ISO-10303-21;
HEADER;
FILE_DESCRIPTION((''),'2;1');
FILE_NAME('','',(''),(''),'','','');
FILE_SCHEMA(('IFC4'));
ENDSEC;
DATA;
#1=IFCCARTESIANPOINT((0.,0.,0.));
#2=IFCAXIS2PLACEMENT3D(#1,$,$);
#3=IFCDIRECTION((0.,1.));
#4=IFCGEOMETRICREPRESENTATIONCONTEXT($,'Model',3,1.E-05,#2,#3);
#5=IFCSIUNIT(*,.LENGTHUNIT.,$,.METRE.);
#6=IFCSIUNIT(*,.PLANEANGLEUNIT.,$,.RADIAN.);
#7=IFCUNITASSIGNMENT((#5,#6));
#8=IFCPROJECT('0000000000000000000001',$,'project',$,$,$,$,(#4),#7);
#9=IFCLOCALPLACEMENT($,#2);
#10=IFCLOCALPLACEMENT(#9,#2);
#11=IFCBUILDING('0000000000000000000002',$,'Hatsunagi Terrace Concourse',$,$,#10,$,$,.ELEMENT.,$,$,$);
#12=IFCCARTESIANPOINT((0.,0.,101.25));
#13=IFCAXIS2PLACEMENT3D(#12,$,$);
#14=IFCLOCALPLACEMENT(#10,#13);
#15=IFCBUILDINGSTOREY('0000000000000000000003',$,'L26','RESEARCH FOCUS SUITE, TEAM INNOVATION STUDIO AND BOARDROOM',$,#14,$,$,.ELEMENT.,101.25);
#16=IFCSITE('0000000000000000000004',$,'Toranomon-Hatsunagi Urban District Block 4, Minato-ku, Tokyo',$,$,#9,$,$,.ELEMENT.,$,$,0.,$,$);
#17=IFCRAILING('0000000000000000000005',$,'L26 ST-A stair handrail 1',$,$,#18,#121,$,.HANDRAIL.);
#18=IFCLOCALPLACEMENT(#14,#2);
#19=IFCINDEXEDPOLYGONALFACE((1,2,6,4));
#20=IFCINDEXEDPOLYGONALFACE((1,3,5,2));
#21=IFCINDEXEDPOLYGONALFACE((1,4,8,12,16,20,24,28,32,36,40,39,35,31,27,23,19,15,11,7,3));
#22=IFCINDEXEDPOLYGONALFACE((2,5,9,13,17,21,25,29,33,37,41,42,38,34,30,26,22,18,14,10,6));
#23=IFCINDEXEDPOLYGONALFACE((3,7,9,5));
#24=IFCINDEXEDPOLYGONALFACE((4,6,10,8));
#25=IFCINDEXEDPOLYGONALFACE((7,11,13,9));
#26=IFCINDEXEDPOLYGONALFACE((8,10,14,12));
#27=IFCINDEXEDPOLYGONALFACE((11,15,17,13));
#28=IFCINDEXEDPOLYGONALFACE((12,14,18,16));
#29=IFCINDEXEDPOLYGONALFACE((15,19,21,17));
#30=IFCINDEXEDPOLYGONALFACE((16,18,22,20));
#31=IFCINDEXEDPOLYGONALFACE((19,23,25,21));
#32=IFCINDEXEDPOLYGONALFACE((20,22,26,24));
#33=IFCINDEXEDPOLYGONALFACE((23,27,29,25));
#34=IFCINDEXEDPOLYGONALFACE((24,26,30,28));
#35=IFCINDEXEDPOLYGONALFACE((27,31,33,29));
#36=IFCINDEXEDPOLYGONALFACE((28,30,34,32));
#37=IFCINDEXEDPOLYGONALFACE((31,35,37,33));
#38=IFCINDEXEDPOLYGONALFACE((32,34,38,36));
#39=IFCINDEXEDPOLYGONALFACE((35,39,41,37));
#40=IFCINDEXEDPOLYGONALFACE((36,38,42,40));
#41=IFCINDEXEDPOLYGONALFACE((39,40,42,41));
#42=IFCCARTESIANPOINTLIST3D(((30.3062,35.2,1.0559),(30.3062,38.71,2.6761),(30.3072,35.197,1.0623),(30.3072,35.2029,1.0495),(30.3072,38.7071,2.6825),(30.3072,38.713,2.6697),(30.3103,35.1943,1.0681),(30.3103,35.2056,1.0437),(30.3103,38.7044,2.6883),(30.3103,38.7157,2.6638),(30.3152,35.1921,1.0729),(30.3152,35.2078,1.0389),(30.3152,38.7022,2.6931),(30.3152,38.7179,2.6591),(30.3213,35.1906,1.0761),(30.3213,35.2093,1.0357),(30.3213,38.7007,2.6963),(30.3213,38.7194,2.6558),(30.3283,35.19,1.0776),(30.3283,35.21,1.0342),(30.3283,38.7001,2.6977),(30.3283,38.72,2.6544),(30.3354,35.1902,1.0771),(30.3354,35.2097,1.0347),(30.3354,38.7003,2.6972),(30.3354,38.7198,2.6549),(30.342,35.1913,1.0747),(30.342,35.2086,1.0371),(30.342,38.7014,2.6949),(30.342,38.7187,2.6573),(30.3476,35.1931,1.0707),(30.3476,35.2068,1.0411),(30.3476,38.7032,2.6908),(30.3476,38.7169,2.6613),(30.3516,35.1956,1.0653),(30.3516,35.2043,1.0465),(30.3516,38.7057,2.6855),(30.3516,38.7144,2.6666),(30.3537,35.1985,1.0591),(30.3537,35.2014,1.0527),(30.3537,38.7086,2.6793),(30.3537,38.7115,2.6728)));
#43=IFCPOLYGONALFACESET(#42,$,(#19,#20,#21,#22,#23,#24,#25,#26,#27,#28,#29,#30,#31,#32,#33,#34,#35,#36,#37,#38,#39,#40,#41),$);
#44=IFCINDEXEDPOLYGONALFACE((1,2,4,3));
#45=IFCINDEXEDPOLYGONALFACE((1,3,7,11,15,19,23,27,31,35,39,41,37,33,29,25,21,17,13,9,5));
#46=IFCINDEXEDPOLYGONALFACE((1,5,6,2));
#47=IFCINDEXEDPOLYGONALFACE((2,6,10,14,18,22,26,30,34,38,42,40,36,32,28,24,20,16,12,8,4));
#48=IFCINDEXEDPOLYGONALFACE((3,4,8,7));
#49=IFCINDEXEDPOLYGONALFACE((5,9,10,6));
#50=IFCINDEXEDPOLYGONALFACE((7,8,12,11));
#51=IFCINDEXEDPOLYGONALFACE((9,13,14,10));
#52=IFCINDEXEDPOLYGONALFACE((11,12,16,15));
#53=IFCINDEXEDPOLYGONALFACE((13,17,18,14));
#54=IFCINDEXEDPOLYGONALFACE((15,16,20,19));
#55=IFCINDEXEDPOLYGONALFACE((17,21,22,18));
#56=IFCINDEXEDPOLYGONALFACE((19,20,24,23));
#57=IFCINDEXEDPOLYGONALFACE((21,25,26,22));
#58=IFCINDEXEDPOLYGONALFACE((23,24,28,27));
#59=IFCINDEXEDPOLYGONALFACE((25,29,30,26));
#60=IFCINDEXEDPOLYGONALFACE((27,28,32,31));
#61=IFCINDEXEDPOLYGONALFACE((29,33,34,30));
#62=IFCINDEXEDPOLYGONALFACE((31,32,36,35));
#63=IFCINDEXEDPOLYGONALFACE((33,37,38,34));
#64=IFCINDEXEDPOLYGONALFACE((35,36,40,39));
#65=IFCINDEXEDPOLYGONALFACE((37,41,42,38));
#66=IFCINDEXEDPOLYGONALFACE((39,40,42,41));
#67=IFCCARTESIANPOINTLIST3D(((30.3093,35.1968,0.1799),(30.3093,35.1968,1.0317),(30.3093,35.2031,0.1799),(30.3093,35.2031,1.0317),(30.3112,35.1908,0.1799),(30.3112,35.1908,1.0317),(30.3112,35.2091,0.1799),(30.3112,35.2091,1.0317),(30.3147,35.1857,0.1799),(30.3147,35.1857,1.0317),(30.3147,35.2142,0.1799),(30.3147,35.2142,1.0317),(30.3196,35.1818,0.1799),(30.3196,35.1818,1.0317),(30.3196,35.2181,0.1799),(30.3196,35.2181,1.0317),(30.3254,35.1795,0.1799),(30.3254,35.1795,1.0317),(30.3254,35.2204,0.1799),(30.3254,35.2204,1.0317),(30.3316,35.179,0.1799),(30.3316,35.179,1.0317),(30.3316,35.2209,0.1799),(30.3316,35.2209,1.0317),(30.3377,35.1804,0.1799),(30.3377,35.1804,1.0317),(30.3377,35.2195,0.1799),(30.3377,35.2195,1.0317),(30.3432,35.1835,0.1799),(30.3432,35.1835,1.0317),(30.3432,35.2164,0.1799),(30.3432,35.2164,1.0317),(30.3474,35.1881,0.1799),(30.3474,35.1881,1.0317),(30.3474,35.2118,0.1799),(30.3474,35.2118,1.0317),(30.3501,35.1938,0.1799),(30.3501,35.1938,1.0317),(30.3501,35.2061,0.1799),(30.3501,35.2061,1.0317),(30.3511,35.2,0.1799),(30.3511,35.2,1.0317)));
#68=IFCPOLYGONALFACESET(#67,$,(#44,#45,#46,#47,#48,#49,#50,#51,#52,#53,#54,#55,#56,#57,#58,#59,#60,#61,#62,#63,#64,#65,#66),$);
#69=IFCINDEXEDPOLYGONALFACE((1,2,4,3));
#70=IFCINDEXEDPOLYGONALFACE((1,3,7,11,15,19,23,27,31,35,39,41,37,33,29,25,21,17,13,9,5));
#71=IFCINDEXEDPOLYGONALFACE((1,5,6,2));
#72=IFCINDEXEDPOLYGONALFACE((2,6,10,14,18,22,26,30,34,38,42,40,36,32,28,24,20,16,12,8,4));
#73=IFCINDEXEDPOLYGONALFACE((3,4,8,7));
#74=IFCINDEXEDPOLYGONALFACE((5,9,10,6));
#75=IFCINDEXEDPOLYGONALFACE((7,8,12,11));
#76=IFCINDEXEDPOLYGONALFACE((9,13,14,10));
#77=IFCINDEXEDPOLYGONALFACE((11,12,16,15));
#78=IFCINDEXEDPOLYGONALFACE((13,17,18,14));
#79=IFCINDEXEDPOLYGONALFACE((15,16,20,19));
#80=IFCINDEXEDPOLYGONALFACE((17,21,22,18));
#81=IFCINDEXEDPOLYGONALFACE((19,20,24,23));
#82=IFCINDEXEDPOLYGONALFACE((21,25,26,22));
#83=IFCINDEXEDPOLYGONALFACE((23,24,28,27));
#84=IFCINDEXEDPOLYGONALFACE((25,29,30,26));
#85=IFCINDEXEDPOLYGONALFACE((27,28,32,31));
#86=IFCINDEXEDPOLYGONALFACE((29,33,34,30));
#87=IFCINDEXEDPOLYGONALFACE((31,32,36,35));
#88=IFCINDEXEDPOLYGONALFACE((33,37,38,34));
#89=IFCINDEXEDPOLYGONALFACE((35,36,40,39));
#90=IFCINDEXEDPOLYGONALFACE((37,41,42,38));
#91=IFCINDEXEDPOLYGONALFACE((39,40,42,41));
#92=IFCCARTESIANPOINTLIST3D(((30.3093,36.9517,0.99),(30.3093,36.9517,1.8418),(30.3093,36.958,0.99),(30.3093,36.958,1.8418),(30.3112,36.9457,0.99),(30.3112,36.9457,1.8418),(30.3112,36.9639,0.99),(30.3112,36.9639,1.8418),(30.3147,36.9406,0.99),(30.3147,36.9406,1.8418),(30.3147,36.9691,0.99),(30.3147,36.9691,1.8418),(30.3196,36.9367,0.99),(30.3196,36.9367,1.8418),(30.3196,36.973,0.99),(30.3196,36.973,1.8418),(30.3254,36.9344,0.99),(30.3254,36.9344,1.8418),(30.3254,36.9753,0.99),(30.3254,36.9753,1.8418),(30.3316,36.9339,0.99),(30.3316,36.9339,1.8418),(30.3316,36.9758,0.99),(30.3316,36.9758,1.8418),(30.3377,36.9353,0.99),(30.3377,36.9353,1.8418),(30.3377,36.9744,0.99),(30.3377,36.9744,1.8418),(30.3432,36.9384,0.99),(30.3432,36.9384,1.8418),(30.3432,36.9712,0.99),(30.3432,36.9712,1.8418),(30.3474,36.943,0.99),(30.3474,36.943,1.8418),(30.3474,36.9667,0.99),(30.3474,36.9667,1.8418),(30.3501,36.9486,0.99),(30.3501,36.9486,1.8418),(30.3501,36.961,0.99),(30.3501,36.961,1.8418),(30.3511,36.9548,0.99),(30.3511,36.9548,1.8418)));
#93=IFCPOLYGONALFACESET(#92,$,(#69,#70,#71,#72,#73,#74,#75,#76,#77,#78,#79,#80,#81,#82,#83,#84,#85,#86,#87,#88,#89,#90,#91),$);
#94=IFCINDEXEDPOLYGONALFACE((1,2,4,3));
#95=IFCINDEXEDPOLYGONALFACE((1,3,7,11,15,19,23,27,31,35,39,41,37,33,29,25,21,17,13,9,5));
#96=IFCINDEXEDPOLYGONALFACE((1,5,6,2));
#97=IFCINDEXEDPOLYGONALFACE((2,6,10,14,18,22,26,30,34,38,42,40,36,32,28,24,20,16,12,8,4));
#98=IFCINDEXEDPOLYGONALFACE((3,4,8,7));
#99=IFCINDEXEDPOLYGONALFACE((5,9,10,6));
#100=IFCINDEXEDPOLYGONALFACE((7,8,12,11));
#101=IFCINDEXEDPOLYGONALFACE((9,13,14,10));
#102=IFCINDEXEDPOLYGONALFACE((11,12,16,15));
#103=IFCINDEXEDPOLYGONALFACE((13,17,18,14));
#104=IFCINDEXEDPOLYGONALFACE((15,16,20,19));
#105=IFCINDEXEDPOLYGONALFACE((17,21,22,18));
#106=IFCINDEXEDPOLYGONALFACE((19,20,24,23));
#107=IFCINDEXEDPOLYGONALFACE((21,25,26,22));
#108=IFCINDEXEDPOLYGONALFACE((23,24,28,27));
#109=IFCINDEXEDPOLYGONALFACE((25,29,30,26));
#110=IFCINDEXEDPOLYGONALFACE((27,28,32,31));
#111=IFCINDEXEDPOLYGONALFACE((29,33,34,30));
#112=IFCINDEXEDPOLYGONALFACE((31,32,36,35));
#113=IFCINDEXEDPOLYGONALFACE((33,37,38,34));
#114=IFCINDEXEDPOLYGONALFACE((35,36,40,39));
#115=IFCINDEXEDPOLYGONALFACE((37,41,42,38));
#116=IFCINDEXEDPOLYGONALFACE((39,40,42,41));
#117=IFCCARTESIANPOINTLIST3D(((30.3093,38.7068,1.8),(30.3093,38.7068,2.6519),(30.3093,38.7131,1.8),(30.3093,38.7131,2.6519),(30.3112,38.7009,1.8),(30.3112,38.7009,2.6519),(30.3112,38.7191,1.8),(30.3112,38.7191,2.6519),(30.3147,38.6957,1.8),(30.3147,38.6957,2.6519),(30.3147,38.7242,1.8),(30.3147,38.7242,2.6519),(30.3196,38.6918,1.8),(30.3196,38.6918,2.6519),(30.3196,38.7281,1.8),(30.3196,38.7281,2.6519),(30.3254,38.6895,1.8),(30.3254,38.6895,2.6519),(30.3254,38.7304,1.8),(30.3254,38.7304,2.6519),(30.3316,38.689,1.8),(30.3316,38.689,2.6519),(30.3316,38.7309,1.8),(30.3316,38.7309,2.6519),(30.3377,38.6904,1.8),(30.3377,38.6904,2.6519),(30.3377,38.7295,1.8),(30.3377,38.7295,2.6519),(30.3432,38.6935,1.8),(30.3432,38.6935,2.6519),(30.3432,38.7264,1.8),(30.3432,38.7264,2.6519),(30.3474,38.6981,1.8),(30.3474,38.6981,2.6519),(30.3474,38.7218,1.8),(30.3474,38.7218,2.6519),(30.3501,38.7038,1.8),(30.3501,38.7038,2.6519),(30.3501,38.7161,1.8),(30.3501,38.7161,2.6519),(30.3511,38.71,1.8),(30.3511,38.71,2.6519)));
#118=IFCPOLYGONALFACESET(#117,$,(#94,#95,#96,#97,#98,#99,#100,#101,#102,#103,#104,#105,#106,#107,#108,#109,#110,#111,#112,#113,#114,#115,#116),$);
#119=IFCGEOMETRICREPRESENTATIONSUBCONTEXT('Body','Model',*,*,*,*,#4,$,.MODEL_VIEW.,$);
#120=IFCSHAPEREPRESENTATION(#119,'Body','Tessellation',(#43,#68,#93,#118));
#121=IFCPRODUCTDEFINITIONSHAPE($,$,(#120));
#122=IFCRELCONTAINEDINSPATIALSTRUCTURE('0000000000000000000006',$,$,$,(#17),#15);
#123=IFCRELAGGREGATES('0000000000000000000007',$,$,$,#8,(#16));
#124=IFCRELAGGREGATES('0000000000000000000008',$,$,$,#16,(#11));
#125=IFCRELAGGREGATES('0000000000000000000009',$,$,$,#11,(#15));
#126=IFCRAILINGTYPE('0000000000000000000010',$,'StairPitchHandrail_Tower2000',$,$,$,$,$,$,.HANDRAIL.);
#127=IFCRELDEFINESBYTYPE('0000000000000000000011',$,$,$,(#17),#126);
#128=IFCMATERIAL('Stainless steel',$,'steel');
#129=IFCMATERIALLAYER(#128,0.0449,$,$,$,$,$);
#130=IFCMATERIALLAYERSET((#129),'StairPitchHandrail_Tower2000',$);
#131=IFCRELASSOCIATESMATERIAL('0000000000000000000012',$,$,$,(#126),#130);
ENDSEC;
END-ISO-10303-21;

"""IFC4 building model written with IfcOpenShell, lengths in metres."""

from ifc_helpers import new_model, si_unit, direction, frame, origin, origin_2d, place, context, subcontext, project, spatial, circle, extrude, material, layer, layer_set, type_object, element, save


model = new_model("IFC4")

# Units and contexts
model_context = context("Model", 3, precision=1e-05, world=origin(), true_north=direction((0.0, 1.0)))
body_context = subcontext(model_context, "Body", "Model", "MODEL_VIEW")
ifc_project = project(units=[si_unit("LENGTHUNIT", "METRE"), si_unit("PLANEANGLEUNIT", "RADIAN")], contexts=[model_context])

# Site, building, storey
site_placement = place(None, origin())
site = spatial("IfcSite", under=ifc_project, at=site_placement, Name="Toranomon-Hatsunagi Urban District Block 4, Minato-ku, Tokyo", CompositionType="ELEMENT", RefElevation=0.0)
building_placement = place(site_placement, origin())
building = spatial("IfcBuilding", under=site, at=building_placement, Name="Hatsunagi Terrace Concourse", CompositionType="ELEMENT")
storey_placement = place(building_placement, frame((0.0, 0.0, 101.25)))
storey = spatial("IfcBuildingStorey", under=building, at=storey_placement, Name="L26", Description="RESEARCH FOCUS SUITE, TEAM INNOVATION STUDIO AND BOARDROOM", CompositionType="ELEMENT", Elevation=101.25)

# Railing
ifc_material_1 = material(Name="Stainless steel", Category="steel")
ifc_layer_1 = layer(ifc_material_1, 0.0449)
ifc_layer_set_1 = layer_set([ifc_layer_1], Name="StairPitchHandrail_Tower2000")
railing_type_1 = type_object("IfcRailingType", Name="StairPitchHandrail_Tower2000", PredefinedType="HANDRAIL", material=ifc_layer_set_1)
railing_1_placement = place(storey_placement, frame((30.3301, 35.2, 0.1799)))
element("IfcRailing", 1, at=railing_1_placement, inside=storey, type_object=railing_type_1, Name="L26 ST-A stair handrail 1", PredefinedType="HANDRAIL", context=body_context, shape_type="SweptSolid", body=[
    extrude(circle(Radius=0.0239, at=origin_2d()), frame((0.0, 0.0, 0.876), z_axis=(0.0, 0.907948, 0.419082), x_axis=(-1.0, 0.0, 0.0)), (0.0, 0.0, 1.0), 3.866),
    extrude(circle(Radius=0.021, at=origin_2d()), origin(), (0.0, 0.0, 1.0), 0.8518),
    extrude(circle(Radius=0.021, at=origin_2d()), frame((0.0, 1.7549, 0.8101)), (0.0, 0.0, 1.0), 0.8518),
    extrude(circle(Radius=0.021, at=origin_2d()), frame((0.0, 3.51, 1.6201)), (0.0, 0.0, 1.0), 0.8518),
])

save(model, "model.ifc")
